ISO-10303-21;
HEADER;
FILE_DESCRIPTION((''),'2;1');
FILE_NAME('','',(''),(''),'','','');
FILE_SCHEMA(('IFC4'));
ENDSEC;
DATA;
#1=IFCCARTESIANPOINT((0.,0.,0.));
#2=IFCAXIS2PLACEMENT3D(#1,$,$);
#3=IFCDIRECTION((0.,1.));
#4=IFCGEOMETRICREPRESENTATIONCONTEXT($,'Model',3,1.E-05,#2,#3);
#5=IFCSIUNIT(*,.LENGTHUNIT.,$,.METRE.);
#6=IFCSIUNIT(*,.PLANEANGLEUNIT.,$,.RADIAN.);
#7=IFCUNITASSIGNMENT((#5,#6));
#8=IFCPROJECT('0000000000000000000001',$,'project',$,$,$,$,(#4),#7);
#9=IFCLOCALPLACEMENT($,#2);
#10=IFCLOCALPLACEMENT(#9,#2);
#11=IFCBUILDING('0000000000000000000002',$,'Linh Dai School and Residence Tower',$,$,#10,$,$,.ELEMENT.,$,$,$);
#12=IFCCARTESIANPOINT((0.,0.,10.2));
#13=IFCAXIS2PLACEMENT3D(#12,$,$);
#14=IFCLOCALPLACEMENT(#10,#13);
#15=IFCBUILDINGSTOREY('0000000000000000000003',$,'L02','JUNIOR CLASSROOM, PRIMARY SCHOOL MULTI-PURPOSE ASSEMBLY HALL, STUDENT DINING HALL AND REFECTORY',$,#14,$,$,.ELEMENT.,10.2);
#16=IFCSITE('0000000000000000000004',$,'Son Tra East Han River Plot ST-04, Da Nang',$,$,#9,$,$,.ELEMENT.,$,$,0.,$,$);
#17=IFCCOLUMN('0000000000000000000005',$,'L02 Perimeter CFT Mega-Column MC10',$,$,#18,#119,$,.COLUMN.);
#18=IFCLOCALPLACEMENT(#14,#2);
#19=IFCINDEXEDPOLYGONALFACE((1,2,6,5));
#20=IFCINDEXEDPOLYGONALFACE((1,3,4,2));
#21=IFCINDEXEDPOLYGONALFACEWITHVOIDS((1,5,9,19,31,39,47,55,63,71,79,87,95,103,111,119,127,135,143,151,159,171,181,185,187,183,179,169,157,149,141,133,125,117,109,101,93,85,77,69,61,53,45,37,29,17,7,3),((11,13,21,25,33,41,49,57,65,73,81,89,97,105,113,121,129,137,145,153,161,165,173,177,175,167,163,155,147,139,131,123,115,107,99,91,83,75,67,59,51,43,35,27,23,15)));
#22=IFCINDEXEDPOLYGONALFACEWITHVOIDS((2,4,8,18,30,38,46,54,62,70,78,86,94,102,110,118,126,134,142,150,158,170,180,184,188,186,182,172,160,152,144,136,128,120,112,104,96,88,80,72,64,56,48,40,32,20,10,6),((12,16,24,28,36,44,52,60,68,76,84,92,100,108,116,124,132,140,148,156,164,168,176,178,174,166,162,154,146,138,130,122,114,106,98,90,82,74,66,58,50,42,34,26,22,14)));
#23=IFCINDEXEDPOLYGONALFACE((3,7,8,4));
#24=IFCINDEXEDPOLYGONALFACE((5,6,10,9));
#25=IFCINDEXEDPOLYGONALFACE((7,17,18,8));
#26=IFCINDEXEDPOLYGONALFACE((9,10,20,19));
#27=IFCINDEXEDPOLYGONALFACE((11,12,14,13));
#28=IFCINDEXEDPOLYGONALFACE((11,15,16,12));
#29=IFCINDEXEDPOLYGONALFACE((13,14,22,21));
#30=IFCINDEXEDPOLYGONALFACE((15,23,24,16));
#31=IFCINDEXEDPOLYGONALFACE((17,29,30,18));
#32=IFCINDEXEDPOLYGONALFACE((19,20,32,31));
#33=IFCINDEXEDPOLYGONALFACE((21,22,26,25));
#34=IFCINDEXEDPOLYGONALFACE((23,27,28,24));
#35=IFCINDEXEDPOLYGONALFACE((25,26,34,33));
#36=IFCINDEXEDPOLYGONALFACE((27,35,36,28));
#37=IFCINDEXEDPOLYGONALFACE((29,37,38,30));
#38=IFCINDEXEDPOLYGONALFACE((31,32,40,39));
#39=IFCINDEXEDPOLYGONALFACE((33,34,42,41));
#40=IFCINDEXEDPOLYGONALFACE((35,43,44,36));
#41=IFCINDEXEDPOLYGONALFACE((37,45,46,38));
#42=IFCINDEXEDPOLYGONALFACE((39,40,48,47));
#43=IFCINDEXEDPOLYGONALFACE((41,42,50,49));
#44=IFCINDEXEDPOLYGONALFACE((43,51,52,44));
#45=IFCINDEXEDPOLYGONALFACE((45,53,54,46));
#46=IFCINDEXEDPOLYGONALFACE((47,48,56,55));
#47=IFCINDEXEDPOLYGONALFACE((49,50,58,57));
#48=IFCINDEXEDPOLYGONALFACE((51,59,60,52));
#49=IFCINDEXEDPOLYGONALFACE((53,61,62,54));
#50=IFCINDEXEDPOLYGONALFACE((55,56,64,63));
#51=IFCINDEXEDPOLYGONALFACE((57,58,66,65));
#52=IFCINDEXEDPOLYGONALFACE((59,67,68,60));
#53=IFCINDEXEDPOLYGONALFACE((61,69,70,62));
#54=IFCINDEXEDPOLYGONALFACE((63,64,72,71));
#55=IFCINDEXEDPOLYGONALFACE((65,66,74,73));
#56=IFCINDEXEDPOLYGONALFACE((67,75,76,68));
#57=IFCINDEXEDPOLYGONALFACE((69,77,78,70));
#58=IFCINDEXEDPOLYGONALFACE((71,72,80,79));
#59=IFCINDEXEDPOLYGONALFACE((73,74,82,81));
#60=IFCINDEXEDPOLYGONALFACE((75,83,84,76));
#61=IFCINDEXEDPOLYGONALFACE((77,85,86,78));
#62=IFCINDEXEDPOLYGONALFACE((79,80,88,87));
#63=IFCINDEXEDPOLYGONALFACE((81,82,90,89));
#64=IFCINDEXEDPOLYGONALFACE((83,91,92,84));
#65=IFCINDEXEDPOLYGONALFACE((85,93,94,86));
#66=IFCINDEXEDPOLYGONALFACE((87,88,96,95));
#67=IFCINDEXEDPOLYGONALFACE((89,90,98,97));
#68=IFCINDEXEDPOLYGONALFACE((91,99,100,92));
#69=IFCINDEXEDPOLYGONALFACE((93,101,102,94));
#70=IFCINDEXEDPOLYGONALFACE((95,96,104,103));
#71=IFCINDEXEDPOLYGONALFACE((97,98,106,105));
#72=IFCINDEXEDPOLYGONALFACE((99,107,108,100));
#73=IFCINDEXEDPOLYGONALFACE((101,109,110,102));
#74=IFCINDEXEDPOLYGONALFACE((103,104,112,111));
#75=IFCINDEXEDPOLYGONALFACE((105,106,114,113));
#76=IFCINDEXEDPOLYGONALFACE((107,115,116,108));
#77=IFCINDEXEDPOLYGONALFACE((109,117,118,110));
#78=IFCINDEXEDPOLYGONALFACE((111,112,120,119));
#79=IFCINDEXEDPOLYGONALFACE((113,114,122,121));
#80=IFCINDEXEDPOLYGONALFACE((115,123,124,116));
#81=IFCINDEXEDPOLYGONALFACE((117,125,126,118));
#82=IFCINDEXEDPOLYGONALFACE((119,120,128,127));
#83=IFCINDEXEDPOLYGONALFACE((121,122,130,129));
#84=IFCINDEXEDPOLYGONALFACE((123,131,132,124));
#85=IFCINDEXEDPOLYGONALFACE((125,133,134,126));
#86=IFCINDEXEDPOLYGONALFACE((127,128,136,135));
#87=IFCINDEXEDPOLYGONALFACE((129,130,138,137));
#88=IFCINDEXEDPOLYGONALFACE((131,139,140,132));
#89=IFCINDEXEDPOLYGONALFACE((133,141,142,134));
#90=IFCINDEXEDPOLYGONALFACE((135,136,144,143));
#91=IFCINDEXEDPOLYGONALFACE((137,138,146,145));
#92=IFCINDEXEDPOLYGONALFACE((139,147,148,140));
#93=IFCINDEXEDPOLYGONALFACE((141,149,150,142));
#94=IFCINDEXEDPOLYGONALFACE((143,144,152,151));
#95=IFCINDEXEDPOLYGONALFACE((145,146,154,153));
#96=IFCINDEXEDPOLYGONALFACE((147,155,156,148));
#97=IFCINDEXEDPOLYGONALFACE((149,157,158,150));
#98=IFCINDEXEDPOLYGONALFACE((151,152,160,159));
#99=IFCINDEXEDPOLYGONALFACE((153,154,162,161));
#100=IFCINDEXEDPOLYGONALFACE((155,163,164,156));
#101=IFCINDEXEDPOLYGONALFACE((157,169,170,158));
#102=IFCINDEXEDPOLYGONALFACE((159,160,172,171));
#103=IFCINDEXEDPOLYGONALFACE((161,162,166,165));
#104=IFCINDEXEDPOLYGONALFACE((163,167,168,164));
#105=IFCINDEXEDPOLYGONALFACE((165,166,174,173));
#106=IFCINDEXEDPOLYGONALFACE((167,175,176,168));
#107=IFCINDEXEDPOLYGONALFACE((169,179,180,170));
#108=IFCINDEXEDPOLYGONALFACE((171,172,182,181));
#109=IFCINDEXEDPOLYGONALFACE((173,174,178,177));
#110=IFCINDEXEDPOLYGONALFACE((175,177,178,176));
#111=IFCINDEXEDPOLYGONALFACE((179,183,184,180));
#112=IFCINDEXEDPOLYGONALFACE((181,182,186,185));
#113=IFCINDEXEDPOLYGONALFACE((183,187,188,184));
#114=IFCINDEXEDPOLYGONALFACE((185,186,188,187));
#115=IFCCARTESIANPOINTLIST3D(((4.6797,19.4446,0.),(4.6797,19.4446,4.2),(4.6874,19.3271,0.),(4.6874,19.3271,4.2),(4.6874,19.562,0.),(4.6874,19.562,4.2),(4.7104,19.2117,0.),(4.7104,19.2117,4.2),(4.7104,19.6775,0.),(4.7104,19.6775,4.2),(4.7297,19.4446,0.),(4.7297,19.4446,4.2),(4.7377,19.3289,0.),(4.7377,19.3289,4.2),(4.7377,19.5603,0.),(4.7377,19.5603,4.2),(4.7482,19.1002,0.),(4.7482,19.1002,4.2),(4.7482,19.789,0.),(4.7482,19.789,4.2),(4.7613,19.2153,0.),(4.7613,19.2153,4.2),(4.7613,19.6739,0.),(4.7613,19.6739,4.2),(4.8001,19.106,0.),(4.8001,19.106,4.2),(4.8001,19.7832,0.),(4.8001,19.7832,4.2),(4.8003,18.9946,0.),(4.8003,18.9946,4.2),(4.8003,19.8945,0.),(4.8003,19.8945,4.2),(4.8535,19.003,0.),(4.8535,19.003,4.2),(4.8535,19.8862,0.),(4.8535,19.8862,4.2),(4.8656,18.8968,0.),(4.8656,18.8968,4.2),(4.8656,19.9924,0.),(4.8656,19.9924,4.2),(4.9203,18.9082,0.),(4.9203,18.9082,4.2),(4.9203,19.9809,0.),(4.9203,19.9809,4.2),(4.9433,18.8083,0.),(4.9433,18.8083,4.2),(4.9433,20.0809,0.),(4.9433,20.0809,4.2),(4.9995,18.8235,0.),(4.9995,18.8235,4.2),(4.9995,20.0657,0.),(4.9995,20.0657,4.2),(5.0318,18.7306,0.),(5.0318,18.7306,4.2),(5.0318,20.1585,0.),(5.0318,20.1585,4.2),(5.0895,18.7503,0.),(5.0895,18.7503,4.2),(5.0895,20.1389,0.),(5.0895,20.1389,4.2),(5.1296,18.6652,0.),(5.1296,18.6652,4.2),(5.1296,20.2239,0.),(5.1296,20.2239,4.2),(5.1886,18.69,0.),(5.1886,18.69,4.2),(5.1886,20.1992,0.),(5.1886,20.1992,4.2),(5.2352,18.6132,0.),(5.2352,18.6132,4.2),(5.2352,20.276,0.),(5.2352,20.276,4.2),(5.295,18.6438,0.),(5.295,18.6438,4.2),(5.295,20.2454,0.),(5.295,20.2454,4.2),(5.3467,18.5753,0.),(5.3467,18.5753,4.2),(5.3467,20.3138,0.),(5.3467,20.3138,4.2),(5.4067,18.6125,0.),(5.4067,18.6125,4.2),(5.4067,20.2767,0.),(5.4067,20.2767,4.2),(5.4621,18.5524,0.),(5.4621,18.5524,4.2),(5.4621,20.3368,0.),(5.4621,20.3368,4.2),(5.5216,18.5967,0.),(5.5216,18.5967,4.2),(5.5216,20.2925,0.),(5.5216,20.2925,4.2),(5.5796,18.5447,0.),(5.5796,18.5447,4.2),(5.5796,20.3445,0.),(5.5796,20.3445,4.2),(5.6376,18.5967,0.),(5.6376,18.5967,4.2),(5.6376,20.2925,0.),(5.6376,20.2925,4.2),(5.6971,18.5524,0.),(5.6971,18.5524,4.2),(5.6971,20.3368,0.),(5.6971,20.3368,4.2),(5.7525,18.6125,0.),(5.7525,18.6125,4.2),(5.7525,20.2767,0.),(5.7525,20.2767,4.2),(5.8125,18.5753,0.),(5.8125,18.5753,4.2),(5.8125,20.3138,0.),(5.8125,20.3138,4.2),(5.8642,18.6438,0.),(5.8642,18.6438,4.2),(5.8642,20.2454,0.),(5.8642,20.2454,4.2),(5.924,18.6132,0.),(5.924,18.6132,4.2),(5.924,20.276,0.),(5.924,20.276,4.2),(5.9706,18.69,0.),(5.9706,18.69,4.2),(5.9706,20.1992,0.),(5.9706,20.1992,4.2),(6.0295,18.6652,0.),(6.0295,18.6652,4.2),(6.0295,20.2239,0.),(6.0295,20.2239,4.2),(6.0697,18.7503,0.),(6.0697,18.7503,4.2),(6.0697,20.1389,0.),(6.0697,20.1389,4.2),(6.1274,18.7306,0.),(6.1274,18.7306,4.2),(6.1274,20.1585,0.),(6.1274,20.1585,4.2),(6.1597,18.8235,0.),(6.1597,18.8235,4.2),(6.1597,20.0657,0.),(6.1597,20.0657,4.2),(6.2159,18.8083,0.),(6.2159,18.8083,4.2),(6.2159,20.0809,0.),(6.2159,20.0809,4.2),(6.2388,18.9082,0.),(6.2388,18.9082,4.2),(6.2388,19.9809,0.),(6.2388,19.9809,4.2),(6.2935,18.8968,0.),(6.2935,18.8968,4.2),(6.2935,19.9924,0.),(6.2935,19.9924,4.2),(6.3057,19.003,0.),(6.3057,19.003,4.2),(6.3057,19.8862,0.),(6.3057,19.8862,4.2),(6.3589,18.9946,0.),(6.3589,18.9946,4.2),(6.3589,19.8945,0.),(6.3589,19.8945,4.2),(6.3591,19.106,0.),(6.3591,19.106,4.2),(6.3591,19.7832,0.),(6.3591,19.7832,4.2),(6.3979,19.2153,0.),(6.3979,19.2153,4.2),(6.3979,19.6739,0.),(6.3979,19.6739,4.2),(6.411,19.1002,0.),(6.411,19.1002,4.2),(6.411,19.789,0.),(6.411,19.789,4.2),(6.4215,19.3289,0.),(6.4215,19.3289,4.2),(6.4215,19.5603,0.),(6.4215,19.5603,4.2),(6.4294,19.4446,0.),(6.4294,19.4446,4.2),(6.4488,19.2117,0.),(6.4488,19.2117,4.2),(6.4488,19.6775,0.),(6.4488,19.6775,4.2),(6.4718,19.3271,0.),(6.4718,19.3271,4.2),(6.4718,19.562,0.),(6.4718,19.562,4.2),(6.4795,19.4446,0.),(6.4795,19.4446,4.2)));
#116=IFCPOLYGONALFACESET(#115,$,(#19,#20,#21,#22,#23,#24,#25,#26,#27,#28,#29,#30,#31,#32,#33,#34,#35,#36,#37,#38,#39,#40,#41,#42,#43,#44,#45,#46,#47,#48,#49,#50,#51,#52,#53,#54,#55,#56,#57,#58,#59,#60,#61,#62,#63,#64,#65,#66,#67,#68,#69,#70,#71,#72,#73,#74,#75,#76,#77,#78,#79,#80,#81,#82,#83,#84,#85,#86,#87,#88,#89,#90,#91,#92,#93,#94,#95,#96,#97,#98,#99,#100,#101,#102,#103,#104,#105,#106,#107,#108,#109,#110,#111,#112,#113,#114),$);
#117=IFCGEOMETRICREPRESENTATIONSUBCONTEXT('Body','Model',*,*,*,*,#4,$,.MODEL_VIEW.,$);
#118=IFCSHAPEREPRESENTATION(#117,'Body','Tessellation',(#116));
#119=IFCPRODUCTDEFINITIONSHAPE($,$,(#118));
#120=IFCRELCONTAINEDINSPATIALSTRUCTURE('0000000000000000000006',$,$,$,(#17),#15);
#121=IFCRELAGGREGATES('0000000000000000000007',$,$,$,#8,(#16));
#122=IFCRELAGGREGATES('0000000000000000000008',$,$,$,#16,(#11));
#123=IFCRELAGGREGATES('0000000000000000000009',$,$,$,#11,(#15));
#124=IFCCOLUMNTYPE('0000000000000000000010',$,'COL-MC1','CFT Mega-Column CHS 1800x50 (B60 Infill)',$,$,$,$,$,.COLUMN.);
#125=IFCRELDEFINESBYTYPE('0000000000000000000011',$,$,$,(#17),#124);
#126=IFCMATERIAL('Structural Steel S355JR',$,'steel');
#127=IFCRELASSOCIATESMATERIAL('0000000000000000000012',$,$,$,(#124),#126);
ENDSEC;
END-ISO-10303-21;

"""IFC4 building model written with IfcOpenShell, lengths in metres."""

from ifc_helpers import new_model, si_unit, direction, frame, origin, origin_2d, place, context, subcontext, project, spatial, hollow_circle, extrude, material, material_profile, profile_set, type_object, element, save


model = new_model("IFC4")

# Units and contexts
model_context = context("Model", 3, precision=1e-05, world=origin(), true_north=direction((0.0, 1.0)))
body_context = subcontext(model_context, "Body", "Model", "MODEL_VIEW")
ifc_project = project(units=[si_unit("LENGTHUNIT", "METRE"), si_unit("PLANEANGLEUNIT", "RADIAN")], contexts=[model_context])

# Site, building, storey
site_placement = place(None, origin())
site = spatial("IfcSite", under=ifc_project, at=site_placement, Name="Son Tra East Han River Plot ST-04, Da Nang", CompositionType="ELEMENT", RefElevation=0.0)
building_placement = place(site_placement, origin())
building = spatial("IfcBuilding", under=site, at=building_placement, Name="Linh Dai School and Residence Tower", CompositionType="ELEMENT")
storey_placement = place(building_placement, frame((0.0, 0.0, 10.2)))
storey = spatial("IfcBuildingStorey", under=building, at=storey_placement, Name="L02", Description="JUNIOR CLASSROOM, PRIMARY SCHOOL MULTI-PURPOSE ASSEMBLY HALL, STUDENT DINING HALL AND REFECTORY", CompositionType="ELEMENT", Elevation=10.2)

# Column
ifc_material_1 = material(Name="Structural Steel S355JR", Category="steel")
ifc_material_profile_1 = material_profile(ifc_material_1, hollow_circle(Radius=0.8999, WallThickness=0.05, at=origin_2d()), Name="CHS 1800x50")
ifc_profile_set_1 = profile_set([ifc_material_profile_1], Name="Structural Steel S355JR")
column_type = type_object("IfcColumnType", Name="COL-MC1", Description="CFT Mega-Column CHS 1800x50 (B60 Infill)", PredefinedType="COLUMN", material=ifc_profile_set_1)
for number, where, z_axis, x_axis, name in (
    (1, (5.5796, 19.4446, 0.0), (0.0, 0.0, 1.0), (1.0, 0.0, 0.0), "L02 Perimeter CFT Mega-Column MC10"),
):
    element("IfcColumn", number, at=place(storey_placement, frame(where, z_axis=z_axis, x_axis=x_axis)), inside=storey, type_object=column_type, Name=name, PredefinedType="COLUMN", context=body_context, shape_type="SweptSolid", body=[
        extrude(hollow_circle(Radius=0.8999, WallThickness=0.05, at=origin_2d()), origin(), (0.0, 0.0, 1.0), 4.2),
    ])

save(model, "model.ifc")
